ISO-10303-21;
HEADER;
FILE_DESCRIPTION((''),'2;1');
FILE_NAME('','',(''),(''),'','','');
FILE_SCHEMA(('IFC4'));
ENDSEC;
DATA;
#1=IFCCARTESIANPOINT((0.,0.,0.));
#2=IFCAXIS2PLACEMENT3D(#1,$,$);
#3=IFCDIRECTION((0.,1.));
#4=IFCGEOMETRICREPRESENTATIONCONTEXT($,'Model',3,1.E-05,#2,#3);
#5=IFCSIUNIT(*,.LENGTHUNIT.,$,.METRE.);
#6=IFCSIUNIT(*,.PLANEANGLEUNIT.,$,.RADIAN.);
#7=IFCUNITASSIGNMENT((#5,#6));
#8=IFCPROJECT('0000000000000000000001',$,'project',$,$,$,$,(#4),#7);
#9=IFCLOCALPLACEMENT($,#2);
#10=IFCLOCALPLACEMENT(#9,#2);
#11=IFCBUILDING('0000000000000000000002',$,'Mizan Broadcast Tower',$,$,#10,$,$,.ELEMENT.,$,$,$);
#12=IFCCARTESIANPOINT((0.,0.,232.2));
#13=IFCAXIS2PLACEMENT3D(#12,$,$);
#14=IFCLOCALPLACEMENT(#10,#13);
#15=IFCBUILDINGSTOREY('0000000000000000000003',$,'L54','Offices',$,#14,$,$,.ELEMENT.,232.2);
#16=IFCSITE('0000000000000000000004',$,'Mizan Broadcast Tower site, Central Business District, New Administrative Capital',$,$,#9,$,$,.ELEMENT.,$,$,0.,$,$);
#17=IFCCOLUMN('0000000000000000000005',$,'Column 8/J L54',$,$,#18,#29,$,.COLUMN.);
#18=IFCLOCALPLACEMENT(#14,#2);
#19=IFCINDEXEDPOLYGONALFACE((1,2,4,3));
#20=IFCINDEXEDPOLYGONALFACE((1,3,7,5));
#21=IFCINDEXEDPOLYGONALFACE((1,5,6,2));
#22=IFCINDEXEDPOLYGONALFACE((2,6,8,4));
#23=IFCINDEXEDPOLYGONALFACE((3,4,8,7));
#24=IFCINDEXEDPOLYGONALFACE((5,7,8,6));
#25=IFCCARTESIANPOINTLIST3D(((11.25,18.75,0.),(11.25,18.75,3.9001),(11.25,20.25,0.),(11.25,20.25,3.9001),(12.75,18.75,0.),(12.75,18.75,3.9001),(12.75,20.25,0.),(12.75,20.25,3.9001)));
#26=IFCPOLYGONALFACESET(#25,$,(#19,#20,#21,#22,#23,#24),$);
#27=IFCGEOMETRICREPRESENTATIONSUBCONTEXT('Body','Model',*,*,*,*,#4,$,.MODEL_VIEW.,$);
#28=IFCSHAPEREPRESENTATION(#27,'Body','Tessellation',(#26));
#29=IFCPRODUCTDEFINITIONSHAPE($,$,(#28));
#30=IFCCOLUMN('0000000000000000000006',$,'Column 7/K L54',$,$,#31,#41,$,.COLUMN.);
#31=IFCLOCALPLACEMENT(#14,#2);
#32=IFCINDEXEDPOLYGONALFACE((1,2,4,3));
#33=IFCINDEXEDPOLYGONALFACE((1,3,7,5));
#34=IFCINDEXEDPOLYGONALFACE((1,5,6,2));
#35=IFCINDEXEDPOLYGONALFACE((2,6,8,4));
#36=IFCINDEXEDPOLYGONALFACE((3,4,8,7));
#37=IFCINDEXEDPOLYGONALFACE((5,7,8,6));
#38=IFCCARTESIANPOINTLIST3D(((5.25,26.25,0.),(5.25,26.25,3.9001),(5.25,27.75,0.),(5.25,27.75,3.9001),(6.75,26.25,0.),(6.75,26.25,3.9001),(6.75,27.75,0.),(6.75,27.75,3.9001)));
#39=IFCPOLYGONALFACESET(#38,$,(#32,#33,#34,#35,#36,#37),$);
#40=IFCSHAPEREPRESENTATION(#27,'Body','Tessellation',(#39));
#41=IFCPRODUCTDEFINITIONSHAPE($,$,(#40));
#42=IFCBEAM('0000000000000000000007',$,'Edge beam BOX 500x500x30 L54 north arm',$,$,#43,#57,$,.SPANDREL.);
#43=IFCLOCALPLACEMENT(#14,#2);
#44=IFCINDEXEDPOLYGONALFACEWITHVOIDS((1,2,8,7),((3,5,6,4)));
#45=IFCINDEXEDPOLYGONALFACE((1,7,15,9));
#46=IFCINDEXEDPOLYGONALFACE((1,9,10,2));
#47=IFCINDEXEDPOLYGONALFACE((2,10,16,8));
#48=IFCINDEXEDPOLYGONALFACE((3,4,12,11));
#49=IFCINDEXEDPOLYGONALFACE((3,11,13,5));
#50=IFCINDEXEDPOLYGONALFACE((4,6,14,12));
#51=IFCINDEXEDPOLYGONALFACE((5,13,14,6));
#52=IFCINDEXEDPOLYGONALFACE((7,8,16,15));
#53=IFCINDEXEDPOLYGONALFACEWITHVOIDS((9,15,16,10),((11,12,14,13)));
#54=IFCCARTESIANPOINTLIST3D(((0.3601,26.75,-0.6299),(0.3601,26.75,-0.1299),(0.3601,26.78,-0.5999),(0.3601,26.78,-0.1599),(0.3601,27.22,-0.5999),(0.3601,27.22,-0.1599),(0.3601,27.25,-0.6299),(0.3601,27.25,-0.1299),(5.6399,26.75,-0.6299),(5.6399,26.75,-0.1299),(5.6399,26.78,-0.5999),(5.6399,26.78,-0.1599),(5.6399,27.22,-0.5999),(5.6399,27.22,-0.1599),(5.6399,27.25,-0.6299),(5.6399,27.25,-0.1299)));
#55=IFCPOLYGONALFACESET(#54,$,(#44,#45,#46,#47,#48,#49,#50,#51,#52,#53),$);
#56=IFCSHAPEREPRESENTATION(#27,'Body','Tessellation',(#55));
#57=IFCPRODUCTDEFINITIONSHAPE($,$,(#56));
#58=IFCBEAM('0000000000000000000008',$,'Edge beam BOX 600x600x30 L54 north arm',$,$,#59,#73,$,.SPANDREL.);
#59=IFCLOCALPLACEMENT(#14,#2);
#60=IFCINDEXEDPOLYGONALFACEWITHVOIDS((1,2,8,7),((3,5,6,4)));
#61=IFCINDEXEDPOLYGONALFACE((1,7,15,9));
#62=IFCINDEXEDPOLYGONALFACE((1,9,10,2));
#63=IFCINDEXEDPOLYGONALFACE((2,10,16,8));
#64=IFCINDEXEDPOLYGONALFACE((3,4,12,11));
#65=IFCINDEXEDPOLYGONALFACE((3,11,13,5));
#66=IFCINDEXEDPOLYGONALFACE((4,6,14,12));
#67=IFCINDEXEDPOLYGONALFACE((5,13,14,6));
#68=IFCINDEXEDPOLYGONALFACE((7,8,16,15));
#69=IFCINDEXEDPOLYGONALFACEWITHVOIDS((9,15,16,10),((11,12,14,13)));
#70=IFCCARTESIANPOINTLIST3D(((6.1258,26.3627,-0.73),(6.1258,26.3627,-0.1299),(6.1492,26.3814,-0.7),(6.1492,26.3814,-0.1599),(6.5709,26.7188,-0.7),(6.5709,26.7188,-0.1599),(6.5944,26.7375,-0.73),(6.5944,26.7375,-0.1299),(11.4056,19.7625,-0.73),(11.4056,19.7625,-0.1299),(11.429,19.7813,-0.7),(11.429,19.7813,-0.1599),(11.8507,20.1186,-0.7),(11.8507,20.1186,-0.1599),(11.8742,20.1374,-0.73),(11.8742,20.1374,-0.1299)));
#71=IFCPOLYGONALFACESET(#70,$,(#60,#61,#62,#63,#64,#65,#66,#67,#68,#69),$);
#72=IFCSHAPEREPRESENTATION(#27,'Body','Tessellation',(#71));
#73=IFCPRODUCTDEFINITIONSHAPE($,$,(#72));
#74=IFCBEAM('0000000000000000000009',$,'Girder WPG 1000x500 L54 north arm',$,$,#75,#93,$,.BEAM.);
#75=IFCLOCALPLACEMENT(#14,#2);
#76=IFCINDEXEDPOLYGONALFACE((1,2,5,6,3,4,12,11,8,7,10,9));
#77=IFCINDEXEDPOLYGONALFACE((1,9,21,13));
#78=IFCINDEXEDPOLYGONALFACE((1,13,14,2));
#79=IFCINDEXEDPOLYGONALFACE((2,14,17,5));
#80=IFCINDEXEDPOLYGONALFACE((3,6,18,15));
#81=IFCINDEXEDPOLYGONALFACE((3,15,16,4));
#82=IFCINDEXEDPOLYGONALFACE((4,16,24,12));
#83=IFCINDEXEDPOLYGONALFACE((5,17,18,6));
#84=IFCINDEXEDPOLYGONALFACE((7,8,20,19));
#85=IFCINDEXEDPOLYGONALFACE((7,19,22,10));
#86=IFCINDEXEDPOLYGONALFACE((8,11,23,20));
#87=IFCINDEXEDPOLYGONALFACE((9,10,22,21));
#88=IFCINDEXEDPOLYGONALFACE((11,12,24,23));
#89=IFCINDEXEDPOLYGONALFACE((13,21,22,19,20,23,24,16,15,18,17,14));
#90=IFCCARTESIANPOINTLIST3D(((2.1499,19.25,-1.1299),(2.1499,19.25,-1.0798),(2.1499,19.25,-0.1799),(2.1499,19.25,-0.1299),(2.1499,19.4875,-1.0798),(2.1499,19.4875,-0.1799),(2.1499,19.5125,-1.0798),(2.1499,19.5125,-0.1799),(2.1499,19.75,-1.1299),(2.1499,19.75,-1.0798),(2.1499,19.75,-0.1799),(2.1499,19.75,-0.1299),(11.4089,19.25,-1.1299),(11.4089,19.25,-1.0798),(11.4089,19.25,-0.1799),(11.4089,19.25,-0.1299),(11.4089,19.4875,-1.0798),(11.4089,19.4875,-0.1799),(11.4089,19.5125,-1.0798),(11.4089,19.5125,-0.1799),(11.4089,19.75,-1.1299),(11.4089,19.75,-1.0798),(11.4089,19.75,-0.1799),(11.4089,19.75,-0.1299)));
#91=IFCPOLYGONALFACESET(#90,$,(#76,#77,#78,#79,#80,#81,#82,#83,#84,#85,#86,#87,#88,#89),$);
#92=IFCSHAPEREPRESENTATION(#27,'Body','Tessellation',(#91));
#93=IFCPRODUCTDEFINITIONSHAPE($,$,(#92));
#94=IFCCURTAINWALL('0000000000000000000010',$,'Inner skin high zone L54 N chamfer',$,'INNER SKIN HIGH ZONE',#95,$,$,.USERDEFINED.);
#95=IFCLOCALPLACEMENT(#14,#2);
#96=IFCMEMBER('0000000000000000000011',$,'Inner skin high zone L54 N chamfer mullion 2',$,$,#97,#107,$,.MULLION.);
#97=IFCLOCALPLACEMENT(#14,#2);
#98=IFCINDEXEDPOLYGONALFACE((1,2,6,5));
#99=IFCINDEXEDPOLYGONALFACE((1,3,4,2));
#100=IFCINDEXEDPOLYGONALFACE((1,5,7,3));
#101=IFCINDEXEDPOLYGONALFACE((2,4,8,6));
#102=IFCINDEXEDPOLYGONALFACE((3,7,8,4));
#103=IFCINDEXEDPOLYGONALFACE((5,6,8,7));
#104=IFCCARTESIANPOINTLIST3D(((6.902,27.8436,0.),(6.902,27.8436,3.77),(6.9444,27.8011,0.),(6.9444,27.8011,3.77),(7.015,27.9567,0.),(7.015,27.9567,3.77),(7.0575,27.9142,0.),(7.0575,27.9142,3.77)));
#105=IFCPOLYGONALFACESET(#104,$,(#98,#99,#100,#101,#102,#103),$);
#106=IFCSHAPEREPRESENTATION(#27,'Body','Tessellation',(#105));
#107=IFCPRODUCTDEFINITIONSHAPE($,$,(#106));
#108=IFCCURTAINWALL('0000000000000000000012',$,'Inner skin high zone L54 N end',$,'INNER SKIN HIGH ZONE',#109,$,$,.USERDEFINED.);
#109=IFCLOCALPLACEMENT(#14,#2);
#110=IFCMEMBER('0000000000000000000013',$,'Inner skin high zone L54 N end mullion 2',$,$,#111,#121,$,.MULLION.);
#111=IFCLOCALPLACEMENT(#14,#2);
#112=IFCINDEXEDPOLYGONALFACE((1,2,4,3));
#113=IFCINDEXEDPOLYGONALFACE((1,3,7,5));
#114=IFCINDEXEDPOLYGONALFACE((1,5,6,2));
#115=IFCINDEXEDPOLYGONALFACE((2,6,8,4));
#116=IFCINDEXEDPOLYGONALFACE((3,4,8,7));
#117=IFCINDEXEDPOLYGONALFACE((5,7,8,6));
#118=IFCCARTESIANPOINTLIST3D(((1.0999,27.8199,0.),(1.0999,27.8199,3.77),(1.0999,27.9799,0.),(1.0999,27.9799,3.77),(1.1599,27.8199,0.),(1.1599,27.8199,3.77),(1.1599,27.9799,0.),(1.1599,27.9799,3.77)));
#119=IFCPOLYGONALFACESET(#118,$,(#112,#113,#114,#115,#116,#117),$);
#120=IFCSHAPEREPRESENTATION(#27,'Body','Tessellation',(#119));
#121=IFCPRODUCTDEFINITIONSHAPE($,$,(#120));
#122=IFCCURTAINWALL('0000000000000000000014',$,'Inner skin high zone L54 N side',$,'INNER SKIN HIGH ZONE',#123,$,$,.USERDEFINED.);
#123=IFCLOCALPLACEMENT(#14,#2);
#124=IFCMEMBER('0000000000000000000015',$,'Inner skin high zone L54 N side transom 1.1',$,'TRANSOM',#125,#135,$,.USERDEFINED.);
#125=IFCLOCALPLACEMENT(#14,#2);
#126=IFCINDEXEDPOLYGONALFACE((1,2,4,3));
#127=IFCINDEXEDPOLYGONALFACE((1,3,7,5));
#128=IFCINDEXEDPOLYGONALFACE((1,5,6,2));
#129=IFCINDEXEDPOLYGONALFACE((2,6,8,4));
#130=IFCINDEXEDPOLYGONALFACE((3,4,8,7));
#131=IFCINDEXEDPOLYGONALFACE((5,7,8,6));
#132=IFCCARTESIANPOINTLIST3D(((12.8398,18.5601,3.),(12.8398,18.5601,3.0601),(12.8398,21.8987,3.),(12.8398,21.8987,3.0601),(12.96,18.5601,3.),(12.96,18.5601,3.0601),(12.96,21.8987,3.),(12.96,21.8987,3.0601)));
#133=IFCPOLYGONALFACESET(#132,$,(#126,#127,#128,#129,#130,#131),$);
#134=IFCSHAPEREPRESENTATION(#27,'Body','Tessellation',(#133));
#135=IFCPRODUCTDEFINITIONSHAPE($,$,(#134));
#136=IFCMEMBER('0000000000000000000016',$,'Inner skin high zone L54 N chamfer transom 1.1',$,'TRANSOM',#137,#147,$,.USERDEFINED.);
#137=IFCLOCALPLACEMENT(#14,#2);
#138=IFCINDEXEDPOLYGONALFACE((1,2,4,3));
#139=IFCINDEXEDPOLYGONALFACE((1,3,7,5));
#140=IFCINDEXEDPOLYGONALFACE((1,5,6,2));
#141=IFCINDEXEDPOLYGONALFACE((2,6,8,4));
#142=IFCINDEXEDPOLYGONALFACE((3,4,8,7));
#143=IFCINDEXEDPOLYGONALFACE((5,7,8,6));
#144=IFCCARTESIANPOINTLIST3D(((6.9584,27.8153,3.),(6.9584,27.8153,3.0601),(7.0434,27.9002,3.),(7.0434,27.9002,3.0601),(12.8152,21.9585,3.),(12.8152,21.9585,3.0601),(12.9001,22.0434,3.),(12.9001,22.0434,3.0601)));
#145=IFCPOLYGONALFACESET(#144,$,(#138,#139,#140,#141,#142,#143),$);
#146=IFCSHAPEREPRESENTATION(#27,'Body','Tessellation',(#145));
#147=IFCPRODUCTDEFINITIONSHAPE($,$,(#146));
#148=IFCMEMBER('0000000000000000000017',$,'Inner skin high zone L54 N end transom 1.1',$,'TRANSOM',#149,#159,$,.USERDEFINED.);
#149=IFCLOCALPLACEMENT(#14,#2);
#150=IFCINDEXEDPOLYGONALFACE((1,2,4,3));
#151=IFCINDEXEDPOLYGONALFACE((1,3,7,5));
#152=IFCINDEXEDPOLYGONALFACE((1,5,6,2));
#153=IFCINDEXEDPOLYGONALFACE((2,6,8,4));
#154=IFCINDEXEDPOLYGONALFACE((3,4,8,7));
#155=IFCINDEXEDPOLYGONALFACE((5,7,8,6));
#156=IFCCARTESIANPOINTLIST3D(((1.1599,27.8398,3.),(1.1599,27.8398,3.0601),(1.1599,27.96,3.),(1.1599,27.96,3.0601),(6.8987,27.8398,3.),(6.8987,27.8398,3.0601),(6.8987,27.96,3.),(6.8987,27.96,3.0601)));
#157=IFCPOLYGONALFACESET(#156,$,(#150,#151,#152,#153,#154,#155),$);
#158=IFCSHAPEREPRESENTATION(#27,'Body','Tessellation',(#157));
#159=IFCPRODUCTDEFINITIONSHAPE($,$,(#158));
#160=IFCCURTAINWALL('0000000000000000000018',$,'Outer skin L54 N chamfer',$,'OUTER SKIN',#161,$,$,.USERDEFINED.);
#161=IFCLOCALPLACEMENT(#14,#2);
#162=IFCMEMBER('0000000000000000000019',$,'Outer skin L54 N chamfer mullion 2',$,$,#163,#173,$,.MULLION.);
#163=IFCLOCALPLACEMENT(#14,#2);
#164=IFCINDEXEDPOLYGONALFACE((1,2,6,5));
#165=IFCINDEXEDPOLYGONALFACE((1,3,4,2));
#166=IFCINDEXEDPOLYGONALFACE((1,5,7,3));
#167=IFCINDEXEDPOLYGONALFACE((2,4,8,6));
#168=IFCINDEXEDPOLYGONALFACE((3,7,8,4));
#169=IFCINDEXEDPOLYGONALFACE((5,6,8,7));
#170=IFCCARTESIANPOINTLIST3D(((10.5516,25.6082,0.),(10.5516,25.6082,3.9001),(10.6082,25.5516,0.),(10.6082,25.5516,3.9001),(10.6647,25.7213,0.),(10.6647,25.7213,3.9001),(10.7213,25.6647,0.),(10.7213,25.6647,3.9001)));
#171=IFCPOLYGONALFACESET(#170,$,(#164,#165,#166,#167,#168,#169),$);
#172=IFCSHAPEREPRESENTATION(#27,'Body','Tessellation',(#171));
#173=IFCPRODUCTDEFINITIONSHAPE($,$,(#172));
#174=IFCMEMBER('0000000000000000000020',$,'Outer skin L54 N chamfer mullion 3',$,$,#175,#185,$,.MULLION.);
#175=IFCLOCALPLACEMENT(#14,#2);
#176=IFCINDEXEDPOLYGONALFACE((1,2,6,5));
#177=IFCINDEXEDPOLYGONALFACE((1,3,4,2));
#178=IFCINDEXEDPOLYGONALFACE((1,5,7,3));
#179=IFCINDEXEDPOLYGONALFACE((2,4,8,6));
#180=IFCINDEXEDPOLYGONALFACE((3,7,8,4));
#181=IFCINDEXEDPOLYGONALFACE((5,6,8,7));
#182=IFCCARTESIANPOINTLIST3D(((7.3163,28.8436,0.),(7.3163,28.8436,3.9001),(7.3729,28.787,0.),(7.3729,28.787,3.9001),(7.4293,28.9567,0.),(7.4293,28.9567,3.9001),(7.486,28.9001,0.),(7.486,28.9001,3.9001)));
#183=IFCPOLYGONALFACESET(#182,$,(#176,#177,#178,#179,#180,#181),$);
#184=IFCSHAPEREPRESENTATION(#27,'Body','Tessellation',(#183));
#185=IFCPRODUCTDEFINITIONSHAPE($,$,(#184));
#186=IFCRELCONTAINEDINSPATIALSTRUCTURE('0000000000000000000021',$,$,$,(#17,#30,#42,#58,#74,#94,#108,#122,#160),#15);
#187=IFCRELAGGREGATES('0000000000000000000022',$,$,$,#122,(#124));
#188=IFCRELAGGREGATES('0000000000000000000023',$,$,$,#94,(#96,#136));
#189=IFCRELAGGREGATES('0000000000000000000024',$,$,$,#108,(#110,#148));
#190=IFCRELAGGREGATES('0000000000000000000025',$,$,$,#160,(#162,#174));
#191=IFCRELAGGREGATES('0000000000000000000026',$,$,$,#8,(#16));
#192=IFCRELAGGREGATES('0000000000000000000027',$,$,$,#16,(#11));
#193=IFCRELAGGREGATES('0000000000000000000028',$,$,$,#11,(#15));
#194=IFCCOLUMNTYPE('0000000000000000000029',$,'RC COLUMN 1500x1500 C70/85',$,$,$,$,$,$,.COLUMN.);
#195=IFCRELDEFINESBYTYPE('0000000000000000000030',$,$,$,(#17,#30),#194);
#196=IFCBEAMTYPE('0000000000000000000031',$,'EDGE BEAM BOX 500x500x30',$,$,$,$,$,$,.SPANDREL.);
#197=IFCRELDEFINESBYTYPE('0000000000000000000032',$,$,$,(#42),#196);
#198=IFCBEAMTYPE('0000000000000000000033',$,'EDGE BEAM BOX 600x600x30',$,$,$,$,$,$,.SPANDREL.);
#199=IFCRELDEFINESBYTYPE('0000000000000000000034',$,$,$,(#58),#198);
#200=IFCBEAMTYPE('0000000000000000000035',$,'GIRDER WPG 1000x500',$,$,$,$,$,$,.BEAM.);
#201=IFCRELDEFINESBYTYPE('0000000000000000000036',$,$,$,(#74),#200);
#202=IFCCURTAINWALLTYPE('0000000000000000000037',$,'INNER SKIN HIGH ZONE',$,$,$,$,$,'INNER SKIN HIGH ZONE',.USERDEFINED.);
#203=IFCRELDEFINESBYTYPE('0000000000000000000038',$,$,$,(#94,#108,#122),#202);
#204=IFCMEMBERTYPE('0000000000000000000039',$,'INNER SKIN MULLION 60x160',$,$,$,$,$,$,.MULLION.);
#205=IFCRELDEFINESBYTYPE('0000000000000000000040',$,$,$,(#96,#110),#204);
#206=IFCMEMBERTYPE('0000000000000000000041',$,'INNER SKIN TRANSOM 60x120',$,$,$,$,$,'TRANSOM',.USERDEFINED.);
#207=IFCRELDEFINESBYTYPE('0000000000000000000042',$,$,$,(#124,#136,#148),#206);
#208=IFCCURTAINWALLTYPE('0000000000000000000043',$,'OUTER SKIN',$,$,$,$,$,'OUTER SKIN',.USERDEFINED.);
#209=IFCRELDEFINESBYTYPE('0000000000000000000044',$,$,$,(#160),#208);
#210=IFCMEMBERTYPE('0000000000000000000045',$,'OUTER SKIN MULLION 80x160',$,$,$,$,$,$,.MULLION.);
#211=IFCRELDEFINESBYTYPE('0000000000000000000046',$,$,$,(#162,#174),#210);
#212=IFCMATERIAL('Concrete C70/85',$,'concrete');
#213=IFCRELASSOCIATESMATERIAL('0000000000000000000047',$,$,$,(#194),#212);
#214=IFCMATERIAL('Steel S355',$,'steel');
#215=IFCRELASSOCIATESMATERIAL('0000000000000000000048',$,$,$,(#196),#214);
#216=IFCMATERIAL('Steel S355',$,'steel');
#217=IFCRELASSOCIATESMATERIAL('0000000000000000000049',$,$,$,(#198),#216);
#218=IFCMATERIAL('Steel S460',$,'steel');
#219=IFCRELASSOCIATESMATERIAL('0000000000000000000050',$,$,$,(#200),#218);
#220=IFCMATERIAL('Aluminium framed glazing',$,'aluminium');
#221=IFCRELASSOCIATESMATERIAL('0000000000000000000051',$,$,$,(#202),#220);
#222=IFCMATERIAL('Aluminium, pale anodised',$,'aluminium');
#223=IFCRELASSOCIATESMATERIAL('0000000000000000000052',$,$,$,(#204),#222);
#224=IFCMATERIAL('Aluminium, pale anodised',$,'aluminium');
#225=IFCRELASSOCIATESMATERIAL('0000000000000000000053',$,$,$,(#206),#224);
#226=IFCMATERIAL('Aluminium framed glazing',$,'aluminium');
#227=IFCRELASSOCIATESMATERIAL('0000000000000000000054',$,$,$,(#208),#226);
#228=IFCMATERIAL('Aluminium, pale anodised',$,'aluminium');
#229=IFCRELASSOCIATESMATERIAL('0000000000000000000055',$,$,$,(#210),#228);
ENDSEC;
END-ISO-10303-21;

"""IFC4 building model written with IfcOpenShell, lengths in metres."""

from ifc_helpers import new_model, si_unit, direction, frame, origin, origin_2d, place, context, subcontext, project, spatial, rectangle, hollow_rectangle, i_section, extrude, material, material_profile, profile_set, type_object, element, aggregate, save


model = new_model("IFC4")

# Units and contexts
model_context = context("Model", 3, precision=1e-05, world=origin(), true_north=direction((0.0, 1.0)))
body_context = subcontext(model_context, "Body", "Model", "MODEL_VIEW")
ifc_project = project(units=[si_unit("LENGTHUNIT", "METRE"), si_unit("PLANEANGLEUNIT", "RADIAN")], contexts=[model_context])

# Site, building, storey
site_placement = place(None, origin())
site = spatial("IfcSite", under=ifc_project, at=site_placement, Name="Mizan Broadcast Tower site, Central Business District, New Administrative Capital", CompositionType="ELEMENT", RefElevation=0.0)
building_placement = place(site_placement, origin())
building = spatial("IfcBuilding", under=site, at=building_placement, Name="Mizan Broadcast Tower", CompositionType="ELEMENT")
storey_placement = place(building_placement, frame((0.0, 0.0, 232.2)))
storey = spatial("IfcBuildingStorey", under=building, at=storey_placement, Name="L54", Description="Offices", CompositionType="ELEMENT", Elevation=232.2)

# Columns
ifc_material_1 = material(Name="Concrete C70/85", Category="concrete")
ifc_material_profile_1 = material_profile(ifc_material_1, rectangle(XDim=1.5, YDim=1.5, at=origin_2d()), Name="RC 1500x1500")
ifc_profile_set_1 = profile_set([ifc_material_profile_1], Name="Concrete C70/85")
column_type = type_object("IfcColumnType", Name="RC COLUMN 1500x1500 C70/85", PredefinedType="COLUMN", material=ifc_profile_set_1)
for number, where, z_axis, x_axis, name in (
    (1, (12.0, 19.5, 0.0), (0.0, 0.0, 1.0), (1.0, 0.0, 0.0), "Column 8/J L54"),
    (2, (6.0, 27.0, 0.0), (0.0, 0.0, 1.0), (1.0, 0.0, 0.0), "Column 7/K L54"),
):
    element("IfcColumn", number, at=place(storey_placement, frame(where, z_axis=z_axis, x_axis=x_axis)), inside=storey, type_object=column_type, Name=name, PredefinedType="COLUMN", context=body_context, shape_type="SweptSolid", body=[
        extrude(rectangle(XDim=1.5, YDim=1.5, at=origin_2d()), origin(), (0.0, 0.0, 1.0), 3.9001),
    ])

# Beams
ifc_material_2 = material(Name="Steel S355", Category="steel")
ifc_material_profile_2 = material_profile(ifc_material_2, hollow_rectangle(XDim=0.5, YDim=0.5, WallThickness=0.03, at=origin_2d()), Name="BOX 500x500x30")
ifc_profile_set_2 = profile_set([ifc_material_profile_2], Name="Steel S355")
beam_type_1 = type_object("IfcBeamType", Name="EDGE BEAM BOX 500x500x30", PredefinedType="SPANDREL", material=ifc_profile_set_2)
beam_1_placement = place(storey_placement, frame((5.6399, 27.0, -0.3799), z_axis=(-1.0, 0.0, 0.0), x_axis=(0.0, -1.0, 0.0)))
element("IfcBeam", 3, at=beam_1_placement, inside=storey, type_object=beam_type_1, Name="Edge beam BOX 500x500x30 L54 north arm", PredefinedType="SPANDREL", context=body_context, shape_type="SweptSolid", body=[
    extrude(hollow_rectangle(XDim=0.5, YDim=0.5, WallThickness=0.03, at=origin_2d()), origin(), (0.0, 0.0, 1.0), 5.2798),
])
ifc_material_3 = material(Name="Steel S355", Category="steel")
ifc_material_profile_3 = material_profile(ifc_material_3, hollow_rectangle(XDim=0.6001, YDim=0.6001, WallThickness=0.03, at=origin_2d()), Name="BOX 600x600x30")
ifc_profile_set_3 = profile_set([ifc_material_profile_3], Name="Steel S355")
beam_type_2 = type_object("IfcBeamType", Name="EDGE BEAM BOX 600x600x30", PredefinedType="SPANDREL", material=ifc_profile_set_3)
beam_2_placement = place(storey_placement, frame((11.6399, 19.95, -0.4299), z_axis=(-0.624674, 0.780886, 0.0), x_axis=(-0.780886, -0.624674, 0.0)))
element("IfcBeam", 4, at=beam_2_placement, inside=storey, type_object=beam_type_2, Name="Edge beam BOX 600x600x30 L54 north arm", PredefinedType="SPANDREL", context=body_context, shape_type="SweptSolid", body=[
    extrude(hollow_rectangle(XDim=0.6001, YDim=0.6001, WallThickness=0.03, at=origin_2d()), origin(), (0.0, 0.0, 1.0), 8.4521),
])
ifc_material_4 = material(Name="Steel S460", Category="steel")
ifc_material_profile_4 = material_profile(ifc_material_4, i_section(OverallWidth=0.5, OverallDepth=1.0, WebThickness=0.0249, FlangeThickness=0.05, at=origin_2d()), Name="WPG 1000x500")
ifc_profile_set_4 = profile_set([ifc_material_profile_4], Name="Steel S460")
beam_type_3 = type_object("IfcBeamType", Name="GIRDER WPG 1000x500", PredefinedType="BEAM", material=ifc_profile_set_4)
beam_3_placement = place(storey_placement, frame((11.4089, 19.5, -0.6299), z_axis=(-1.0, 0.0, 0.0), x_axis=(0.0, -1.0, 0.0)))
element("IfcBeam", 5, at=beam_3_placement, inside=storey, type_object=beam_type_3, Name="Girder WPG 1000x500 L54 north arm", PredefinedType="BEAM", context=body_context, shape_type="SweptSolid", body=[
    extrude(i_section(OverallWidth=0.5, OverallDepth=1.0, WebThickness=0.0249, FlangeThickness=0.05, at=origin_2d()), origin(), (0.0, 0.0, 1.0), 9.259),
])

# Curtain walls, members
ifc_material_5 = material(Name="Aluminium framed glazing", Category="aluminium")
curtain_wall_type_1 = type_object("IfcCurtainWallType", Name="INNER SKIN HIGH ZONE", ElementType="INNER SKIN HIGH ZONE", PredefinedType="USERDEFINED", material=ifc_material_5)
curtain_wall_1_placement = place(storey_placement, origin())
curtain_wall_1 = element("IfcCurtainWall", 6, at=curtain_wall_1_placement, inside=storey, type_object=curtain_wall_type_1, Name="Inner skin high zone L54 N chamfer", ObjectType="INNER SKIN HIGH ZONE", PredefinedType="USERDEFINED")
ifc_material_6 = material(Name="Aluminium, pale anodised", Category="aluminium")
ifc_material_profile_5 = material_profile(ifc_material_6, rectangle(XDim=0.1599, YDim=0.0601, at=origin_2d()), Name="MULLION 160x60")
ifc_profile_set_5 = profile_set([ifc_material_profile_5], Name="Aluminium, pale anodised")
member_type_1 = type_object("IfcMemberType", Name="INNER SKIN MULLION 60x160", PredefinedType="MULLION", material=ifc_profile_set_5)
member_1_placement = place(storey_placement, frame((6.9797, 27.8789, 0.0), z_axis=(0.0, 0.0, 1.0), x_axis=(-0.707107, -0.707107, 0.0)))
member_1 = element("IfcMember", 7, at=member_1_placement, type_object=member_type_1, Name="Inner skin high zone L54 N chamfer mullion 2", PredefinedType="MULLION", context=body_context, shape_type="SweptSolid", body=[
    extrude(rectangle(XDim=0.1599, YDim=0.0601, at=origin_2d()), origin(), (0.0, 0.0, 1.0), 3.77),
])
curtain_wall_2_placement = place(storey_placement, origin())
curtain_wall_2 = element("IfcCurtainWall", 8, at=curtain_wall_2_placement, inside=storey, type_object=curtain_wall_type_1, Name="Inner skin high zone L54 N end", ObjectType="INNER SKIN HIGH ZONE", PredefinedType="USERDEFINED")
member_2_placement = place(storey_placement, frame((1.1299, 27.8999, 0.0), z_axis=(0.0, 0.0, 1.0), x_axis=(0.0, -1.0, 0.0)))
member_2 = element("IfcMember", 9, at=member_2_placement, type_object=member_type_1, Name="Inner skin high zone L54 N end mullion 2", PredefinedType="MULLION", context=body_context, shape_type="SweptSolid", body=[
    extrude(rectangle(XDim=0.1599, YDim=0.0601, at=origin_2d()), origin(), (0.0, 0.0, 1.0), 3.77),
])
curtain_wall_3_placement = place(storey_placement, origin())
curtain_wall_3 = element("IfcCurtainWall", 10, at=curtain_wall_3_placement, inside=storey, type_object=curtain_wall_type_1, Name="Inner skin high zone L54 N side", ObjectType="INNER SKIN HIGH ZONE", PredefinedType="USERDEFINED")
ifc_material_7 = material(Name="Aluminium, pale anodised", Category="aluminium")
ifc_material_profile_6 = material_profile(ifc_material_7, rectangle(XDim=0.1201, YDim=0.0601, at=origin_2d()), Name="TRANSOM 120x60")
ifc_profile_set_6 = profile_set([ifc_material_profile_6], Name="Aluminium, pale anodised")
member_type_2 = type_object("IfcMemberType", Name="INNER SKIN TRANSOM 60x120", ElementType="TRANSOM", PredefinedType="USERDEFINED", material=ifc_profile_set_6)
member_3_placement = place(storey_placement, frame((12.8999, 18.5601, 3.03), z_axis=(0.0, 1.0, 0.0), x_axis=(-1.0, 0.0, 0.0)))
member_3 = element("IfcMember", 11, at=member_3_placement, type_object=member_type_2, Name="Inner skin high zone L54 N side transom 1.1", ObjectType="TRANSOM", PredefinedType="USERDEFINED", context=body_context, shape_type="SweptSolid", body=[
    extrude(rectangle(XDim=0.1201, YDim=0.0601, at=origin_2d()), origin(), (0.0, 0.0, 1.0), 3.3386),
])

# Members
member_4_placement = place(storey_placement, frame((12.8577, 22.001, 3.03), z_axis=(-0.707107, 0.707107, 0.0), x_axis=(-0.707107, -0.707107, 0.0)))
member_4 = element("IfcMember", 12, at=member_4_placement, type_object=member_type_2, Name="Inner skin high zone L54 N chamfer transom 1.1", ObjectType="TRANSOM", PredefinedType="USERDEFINED", context=body_context, shape_type="SweptSolid", body=[
    extrude(rectangle(XDim=0.1201, YDim=0.0601, at=origin_2d()), origin(), (0.0, 0.0, 1.0), 8.2827),
])
member_5_placement = place(storey_placement, frame((6.8987, 27.8999, 3.03), z_axis=(-1.0, 0.0, 0.0), x_axis=(0.0, -1.0, 0.0)))
member_5 = element("IfcMember", 13, at=member_5_placement, type_object=member_type_2, Name="Inner skin high zone L54 N end transom 1.1", ObjectType="TRANSOM", PredefinedType="USERDEFINED", context=body_context, shape_type="SweptSolid", body=[
    extrude(rectangle(XDim=0.1201, YDim=0.0601, at=origin_2d()), origin(), (0.0, 0.0, 1.0), 5.7388),
])

# Curtain wall, members
ifc_material_8 = material(Name="Aluminium framed glazing", Category="aluminium")
curtain_wall_type_2 = type_object("IfcCurtainWallType", Name="OUTER SKIN", ElementType="OUTER SKIN", PredefinedType="USERDEFINED", material=ifc_material_8)
curtain_wall_4_placement = place(storey_placement, origin())
curtain_wall_4 = element("IfcCurtainWall", 14, at=curtain_wall_4_placement, inside=storey, type_object=curtain_wall_type_2, Name="Outer skin L54 N chamfer", ObjectType="OUTER SKIN", PredefinedType="USERDEFINED")
ifc_material_9 = material(Name="Aluminium, pale anodised", Category="aluminium")
ifc_material_profile_7 = material_profile(ifc_material_9, rectangle(XDim=0.1599, YDim=0.0801, at=origin_2d()), Name="MULLION 160x80")
ifc_profile_set_7 = profile_set([ifc_material_profile_7], Name="Aluminium, pale anodised")
member_type_3 = type_object("IfcMemberType", Name="OUTER SKIN MULLION 80x160", PredefinedType="MULLION", material=ifc_profile_set_7)
member_6_placement = place(storey_placement, frame((10.6365, 25.6365, 0.0), z_axis=(0.0, 0.0, 1.0), x_axis=(-0.707107, -0.707107, 0.0)))
member_6 = element("IfcMember", 15, at=member_6_placement, type_object=member_type_3, Name="Outer skin L54 N chamfer mullion 2", PredefinedType="MULLION", context=body_context, shape_type="SweptSolid", body=[
    extrude(rectangle(XDim=0.1599, YDim=0.0801, at=origin_2d()), origin(), (0.0, 0.0, 1.0), 3.9001),
])
member_7_placement = place(storey_placement, frame((7.4011, 28.8718, 0.0), z_axis=(0.0, 0.0, 1.0), x_axis=(-0.707107, -0.707107, 0.0)))
member_7 = element("IfcMember", 16, at=member_7_placement, type_object=member_type_3, Name="Outer skin L54 N chamfer mullion 3", PredefinedType="MULLION", context=body_context, shape_type="SweptSolid", body=[
    extrude(rectangle(XDim=0.1599, YDim=0.0801, at=origin_2d()), origin(), (0.0, 0.0, 1.0), 3.9001),
])

aggregate(curtain_wall_3, [member_3])
aggregate(curtain_wall_1, [member_1, member_4])
aggregate(curtain_wall_2, [member_2, member_5])
aggregate(curtain_wall_4, [member_6, member_7])

save(model, "model.ifc")
